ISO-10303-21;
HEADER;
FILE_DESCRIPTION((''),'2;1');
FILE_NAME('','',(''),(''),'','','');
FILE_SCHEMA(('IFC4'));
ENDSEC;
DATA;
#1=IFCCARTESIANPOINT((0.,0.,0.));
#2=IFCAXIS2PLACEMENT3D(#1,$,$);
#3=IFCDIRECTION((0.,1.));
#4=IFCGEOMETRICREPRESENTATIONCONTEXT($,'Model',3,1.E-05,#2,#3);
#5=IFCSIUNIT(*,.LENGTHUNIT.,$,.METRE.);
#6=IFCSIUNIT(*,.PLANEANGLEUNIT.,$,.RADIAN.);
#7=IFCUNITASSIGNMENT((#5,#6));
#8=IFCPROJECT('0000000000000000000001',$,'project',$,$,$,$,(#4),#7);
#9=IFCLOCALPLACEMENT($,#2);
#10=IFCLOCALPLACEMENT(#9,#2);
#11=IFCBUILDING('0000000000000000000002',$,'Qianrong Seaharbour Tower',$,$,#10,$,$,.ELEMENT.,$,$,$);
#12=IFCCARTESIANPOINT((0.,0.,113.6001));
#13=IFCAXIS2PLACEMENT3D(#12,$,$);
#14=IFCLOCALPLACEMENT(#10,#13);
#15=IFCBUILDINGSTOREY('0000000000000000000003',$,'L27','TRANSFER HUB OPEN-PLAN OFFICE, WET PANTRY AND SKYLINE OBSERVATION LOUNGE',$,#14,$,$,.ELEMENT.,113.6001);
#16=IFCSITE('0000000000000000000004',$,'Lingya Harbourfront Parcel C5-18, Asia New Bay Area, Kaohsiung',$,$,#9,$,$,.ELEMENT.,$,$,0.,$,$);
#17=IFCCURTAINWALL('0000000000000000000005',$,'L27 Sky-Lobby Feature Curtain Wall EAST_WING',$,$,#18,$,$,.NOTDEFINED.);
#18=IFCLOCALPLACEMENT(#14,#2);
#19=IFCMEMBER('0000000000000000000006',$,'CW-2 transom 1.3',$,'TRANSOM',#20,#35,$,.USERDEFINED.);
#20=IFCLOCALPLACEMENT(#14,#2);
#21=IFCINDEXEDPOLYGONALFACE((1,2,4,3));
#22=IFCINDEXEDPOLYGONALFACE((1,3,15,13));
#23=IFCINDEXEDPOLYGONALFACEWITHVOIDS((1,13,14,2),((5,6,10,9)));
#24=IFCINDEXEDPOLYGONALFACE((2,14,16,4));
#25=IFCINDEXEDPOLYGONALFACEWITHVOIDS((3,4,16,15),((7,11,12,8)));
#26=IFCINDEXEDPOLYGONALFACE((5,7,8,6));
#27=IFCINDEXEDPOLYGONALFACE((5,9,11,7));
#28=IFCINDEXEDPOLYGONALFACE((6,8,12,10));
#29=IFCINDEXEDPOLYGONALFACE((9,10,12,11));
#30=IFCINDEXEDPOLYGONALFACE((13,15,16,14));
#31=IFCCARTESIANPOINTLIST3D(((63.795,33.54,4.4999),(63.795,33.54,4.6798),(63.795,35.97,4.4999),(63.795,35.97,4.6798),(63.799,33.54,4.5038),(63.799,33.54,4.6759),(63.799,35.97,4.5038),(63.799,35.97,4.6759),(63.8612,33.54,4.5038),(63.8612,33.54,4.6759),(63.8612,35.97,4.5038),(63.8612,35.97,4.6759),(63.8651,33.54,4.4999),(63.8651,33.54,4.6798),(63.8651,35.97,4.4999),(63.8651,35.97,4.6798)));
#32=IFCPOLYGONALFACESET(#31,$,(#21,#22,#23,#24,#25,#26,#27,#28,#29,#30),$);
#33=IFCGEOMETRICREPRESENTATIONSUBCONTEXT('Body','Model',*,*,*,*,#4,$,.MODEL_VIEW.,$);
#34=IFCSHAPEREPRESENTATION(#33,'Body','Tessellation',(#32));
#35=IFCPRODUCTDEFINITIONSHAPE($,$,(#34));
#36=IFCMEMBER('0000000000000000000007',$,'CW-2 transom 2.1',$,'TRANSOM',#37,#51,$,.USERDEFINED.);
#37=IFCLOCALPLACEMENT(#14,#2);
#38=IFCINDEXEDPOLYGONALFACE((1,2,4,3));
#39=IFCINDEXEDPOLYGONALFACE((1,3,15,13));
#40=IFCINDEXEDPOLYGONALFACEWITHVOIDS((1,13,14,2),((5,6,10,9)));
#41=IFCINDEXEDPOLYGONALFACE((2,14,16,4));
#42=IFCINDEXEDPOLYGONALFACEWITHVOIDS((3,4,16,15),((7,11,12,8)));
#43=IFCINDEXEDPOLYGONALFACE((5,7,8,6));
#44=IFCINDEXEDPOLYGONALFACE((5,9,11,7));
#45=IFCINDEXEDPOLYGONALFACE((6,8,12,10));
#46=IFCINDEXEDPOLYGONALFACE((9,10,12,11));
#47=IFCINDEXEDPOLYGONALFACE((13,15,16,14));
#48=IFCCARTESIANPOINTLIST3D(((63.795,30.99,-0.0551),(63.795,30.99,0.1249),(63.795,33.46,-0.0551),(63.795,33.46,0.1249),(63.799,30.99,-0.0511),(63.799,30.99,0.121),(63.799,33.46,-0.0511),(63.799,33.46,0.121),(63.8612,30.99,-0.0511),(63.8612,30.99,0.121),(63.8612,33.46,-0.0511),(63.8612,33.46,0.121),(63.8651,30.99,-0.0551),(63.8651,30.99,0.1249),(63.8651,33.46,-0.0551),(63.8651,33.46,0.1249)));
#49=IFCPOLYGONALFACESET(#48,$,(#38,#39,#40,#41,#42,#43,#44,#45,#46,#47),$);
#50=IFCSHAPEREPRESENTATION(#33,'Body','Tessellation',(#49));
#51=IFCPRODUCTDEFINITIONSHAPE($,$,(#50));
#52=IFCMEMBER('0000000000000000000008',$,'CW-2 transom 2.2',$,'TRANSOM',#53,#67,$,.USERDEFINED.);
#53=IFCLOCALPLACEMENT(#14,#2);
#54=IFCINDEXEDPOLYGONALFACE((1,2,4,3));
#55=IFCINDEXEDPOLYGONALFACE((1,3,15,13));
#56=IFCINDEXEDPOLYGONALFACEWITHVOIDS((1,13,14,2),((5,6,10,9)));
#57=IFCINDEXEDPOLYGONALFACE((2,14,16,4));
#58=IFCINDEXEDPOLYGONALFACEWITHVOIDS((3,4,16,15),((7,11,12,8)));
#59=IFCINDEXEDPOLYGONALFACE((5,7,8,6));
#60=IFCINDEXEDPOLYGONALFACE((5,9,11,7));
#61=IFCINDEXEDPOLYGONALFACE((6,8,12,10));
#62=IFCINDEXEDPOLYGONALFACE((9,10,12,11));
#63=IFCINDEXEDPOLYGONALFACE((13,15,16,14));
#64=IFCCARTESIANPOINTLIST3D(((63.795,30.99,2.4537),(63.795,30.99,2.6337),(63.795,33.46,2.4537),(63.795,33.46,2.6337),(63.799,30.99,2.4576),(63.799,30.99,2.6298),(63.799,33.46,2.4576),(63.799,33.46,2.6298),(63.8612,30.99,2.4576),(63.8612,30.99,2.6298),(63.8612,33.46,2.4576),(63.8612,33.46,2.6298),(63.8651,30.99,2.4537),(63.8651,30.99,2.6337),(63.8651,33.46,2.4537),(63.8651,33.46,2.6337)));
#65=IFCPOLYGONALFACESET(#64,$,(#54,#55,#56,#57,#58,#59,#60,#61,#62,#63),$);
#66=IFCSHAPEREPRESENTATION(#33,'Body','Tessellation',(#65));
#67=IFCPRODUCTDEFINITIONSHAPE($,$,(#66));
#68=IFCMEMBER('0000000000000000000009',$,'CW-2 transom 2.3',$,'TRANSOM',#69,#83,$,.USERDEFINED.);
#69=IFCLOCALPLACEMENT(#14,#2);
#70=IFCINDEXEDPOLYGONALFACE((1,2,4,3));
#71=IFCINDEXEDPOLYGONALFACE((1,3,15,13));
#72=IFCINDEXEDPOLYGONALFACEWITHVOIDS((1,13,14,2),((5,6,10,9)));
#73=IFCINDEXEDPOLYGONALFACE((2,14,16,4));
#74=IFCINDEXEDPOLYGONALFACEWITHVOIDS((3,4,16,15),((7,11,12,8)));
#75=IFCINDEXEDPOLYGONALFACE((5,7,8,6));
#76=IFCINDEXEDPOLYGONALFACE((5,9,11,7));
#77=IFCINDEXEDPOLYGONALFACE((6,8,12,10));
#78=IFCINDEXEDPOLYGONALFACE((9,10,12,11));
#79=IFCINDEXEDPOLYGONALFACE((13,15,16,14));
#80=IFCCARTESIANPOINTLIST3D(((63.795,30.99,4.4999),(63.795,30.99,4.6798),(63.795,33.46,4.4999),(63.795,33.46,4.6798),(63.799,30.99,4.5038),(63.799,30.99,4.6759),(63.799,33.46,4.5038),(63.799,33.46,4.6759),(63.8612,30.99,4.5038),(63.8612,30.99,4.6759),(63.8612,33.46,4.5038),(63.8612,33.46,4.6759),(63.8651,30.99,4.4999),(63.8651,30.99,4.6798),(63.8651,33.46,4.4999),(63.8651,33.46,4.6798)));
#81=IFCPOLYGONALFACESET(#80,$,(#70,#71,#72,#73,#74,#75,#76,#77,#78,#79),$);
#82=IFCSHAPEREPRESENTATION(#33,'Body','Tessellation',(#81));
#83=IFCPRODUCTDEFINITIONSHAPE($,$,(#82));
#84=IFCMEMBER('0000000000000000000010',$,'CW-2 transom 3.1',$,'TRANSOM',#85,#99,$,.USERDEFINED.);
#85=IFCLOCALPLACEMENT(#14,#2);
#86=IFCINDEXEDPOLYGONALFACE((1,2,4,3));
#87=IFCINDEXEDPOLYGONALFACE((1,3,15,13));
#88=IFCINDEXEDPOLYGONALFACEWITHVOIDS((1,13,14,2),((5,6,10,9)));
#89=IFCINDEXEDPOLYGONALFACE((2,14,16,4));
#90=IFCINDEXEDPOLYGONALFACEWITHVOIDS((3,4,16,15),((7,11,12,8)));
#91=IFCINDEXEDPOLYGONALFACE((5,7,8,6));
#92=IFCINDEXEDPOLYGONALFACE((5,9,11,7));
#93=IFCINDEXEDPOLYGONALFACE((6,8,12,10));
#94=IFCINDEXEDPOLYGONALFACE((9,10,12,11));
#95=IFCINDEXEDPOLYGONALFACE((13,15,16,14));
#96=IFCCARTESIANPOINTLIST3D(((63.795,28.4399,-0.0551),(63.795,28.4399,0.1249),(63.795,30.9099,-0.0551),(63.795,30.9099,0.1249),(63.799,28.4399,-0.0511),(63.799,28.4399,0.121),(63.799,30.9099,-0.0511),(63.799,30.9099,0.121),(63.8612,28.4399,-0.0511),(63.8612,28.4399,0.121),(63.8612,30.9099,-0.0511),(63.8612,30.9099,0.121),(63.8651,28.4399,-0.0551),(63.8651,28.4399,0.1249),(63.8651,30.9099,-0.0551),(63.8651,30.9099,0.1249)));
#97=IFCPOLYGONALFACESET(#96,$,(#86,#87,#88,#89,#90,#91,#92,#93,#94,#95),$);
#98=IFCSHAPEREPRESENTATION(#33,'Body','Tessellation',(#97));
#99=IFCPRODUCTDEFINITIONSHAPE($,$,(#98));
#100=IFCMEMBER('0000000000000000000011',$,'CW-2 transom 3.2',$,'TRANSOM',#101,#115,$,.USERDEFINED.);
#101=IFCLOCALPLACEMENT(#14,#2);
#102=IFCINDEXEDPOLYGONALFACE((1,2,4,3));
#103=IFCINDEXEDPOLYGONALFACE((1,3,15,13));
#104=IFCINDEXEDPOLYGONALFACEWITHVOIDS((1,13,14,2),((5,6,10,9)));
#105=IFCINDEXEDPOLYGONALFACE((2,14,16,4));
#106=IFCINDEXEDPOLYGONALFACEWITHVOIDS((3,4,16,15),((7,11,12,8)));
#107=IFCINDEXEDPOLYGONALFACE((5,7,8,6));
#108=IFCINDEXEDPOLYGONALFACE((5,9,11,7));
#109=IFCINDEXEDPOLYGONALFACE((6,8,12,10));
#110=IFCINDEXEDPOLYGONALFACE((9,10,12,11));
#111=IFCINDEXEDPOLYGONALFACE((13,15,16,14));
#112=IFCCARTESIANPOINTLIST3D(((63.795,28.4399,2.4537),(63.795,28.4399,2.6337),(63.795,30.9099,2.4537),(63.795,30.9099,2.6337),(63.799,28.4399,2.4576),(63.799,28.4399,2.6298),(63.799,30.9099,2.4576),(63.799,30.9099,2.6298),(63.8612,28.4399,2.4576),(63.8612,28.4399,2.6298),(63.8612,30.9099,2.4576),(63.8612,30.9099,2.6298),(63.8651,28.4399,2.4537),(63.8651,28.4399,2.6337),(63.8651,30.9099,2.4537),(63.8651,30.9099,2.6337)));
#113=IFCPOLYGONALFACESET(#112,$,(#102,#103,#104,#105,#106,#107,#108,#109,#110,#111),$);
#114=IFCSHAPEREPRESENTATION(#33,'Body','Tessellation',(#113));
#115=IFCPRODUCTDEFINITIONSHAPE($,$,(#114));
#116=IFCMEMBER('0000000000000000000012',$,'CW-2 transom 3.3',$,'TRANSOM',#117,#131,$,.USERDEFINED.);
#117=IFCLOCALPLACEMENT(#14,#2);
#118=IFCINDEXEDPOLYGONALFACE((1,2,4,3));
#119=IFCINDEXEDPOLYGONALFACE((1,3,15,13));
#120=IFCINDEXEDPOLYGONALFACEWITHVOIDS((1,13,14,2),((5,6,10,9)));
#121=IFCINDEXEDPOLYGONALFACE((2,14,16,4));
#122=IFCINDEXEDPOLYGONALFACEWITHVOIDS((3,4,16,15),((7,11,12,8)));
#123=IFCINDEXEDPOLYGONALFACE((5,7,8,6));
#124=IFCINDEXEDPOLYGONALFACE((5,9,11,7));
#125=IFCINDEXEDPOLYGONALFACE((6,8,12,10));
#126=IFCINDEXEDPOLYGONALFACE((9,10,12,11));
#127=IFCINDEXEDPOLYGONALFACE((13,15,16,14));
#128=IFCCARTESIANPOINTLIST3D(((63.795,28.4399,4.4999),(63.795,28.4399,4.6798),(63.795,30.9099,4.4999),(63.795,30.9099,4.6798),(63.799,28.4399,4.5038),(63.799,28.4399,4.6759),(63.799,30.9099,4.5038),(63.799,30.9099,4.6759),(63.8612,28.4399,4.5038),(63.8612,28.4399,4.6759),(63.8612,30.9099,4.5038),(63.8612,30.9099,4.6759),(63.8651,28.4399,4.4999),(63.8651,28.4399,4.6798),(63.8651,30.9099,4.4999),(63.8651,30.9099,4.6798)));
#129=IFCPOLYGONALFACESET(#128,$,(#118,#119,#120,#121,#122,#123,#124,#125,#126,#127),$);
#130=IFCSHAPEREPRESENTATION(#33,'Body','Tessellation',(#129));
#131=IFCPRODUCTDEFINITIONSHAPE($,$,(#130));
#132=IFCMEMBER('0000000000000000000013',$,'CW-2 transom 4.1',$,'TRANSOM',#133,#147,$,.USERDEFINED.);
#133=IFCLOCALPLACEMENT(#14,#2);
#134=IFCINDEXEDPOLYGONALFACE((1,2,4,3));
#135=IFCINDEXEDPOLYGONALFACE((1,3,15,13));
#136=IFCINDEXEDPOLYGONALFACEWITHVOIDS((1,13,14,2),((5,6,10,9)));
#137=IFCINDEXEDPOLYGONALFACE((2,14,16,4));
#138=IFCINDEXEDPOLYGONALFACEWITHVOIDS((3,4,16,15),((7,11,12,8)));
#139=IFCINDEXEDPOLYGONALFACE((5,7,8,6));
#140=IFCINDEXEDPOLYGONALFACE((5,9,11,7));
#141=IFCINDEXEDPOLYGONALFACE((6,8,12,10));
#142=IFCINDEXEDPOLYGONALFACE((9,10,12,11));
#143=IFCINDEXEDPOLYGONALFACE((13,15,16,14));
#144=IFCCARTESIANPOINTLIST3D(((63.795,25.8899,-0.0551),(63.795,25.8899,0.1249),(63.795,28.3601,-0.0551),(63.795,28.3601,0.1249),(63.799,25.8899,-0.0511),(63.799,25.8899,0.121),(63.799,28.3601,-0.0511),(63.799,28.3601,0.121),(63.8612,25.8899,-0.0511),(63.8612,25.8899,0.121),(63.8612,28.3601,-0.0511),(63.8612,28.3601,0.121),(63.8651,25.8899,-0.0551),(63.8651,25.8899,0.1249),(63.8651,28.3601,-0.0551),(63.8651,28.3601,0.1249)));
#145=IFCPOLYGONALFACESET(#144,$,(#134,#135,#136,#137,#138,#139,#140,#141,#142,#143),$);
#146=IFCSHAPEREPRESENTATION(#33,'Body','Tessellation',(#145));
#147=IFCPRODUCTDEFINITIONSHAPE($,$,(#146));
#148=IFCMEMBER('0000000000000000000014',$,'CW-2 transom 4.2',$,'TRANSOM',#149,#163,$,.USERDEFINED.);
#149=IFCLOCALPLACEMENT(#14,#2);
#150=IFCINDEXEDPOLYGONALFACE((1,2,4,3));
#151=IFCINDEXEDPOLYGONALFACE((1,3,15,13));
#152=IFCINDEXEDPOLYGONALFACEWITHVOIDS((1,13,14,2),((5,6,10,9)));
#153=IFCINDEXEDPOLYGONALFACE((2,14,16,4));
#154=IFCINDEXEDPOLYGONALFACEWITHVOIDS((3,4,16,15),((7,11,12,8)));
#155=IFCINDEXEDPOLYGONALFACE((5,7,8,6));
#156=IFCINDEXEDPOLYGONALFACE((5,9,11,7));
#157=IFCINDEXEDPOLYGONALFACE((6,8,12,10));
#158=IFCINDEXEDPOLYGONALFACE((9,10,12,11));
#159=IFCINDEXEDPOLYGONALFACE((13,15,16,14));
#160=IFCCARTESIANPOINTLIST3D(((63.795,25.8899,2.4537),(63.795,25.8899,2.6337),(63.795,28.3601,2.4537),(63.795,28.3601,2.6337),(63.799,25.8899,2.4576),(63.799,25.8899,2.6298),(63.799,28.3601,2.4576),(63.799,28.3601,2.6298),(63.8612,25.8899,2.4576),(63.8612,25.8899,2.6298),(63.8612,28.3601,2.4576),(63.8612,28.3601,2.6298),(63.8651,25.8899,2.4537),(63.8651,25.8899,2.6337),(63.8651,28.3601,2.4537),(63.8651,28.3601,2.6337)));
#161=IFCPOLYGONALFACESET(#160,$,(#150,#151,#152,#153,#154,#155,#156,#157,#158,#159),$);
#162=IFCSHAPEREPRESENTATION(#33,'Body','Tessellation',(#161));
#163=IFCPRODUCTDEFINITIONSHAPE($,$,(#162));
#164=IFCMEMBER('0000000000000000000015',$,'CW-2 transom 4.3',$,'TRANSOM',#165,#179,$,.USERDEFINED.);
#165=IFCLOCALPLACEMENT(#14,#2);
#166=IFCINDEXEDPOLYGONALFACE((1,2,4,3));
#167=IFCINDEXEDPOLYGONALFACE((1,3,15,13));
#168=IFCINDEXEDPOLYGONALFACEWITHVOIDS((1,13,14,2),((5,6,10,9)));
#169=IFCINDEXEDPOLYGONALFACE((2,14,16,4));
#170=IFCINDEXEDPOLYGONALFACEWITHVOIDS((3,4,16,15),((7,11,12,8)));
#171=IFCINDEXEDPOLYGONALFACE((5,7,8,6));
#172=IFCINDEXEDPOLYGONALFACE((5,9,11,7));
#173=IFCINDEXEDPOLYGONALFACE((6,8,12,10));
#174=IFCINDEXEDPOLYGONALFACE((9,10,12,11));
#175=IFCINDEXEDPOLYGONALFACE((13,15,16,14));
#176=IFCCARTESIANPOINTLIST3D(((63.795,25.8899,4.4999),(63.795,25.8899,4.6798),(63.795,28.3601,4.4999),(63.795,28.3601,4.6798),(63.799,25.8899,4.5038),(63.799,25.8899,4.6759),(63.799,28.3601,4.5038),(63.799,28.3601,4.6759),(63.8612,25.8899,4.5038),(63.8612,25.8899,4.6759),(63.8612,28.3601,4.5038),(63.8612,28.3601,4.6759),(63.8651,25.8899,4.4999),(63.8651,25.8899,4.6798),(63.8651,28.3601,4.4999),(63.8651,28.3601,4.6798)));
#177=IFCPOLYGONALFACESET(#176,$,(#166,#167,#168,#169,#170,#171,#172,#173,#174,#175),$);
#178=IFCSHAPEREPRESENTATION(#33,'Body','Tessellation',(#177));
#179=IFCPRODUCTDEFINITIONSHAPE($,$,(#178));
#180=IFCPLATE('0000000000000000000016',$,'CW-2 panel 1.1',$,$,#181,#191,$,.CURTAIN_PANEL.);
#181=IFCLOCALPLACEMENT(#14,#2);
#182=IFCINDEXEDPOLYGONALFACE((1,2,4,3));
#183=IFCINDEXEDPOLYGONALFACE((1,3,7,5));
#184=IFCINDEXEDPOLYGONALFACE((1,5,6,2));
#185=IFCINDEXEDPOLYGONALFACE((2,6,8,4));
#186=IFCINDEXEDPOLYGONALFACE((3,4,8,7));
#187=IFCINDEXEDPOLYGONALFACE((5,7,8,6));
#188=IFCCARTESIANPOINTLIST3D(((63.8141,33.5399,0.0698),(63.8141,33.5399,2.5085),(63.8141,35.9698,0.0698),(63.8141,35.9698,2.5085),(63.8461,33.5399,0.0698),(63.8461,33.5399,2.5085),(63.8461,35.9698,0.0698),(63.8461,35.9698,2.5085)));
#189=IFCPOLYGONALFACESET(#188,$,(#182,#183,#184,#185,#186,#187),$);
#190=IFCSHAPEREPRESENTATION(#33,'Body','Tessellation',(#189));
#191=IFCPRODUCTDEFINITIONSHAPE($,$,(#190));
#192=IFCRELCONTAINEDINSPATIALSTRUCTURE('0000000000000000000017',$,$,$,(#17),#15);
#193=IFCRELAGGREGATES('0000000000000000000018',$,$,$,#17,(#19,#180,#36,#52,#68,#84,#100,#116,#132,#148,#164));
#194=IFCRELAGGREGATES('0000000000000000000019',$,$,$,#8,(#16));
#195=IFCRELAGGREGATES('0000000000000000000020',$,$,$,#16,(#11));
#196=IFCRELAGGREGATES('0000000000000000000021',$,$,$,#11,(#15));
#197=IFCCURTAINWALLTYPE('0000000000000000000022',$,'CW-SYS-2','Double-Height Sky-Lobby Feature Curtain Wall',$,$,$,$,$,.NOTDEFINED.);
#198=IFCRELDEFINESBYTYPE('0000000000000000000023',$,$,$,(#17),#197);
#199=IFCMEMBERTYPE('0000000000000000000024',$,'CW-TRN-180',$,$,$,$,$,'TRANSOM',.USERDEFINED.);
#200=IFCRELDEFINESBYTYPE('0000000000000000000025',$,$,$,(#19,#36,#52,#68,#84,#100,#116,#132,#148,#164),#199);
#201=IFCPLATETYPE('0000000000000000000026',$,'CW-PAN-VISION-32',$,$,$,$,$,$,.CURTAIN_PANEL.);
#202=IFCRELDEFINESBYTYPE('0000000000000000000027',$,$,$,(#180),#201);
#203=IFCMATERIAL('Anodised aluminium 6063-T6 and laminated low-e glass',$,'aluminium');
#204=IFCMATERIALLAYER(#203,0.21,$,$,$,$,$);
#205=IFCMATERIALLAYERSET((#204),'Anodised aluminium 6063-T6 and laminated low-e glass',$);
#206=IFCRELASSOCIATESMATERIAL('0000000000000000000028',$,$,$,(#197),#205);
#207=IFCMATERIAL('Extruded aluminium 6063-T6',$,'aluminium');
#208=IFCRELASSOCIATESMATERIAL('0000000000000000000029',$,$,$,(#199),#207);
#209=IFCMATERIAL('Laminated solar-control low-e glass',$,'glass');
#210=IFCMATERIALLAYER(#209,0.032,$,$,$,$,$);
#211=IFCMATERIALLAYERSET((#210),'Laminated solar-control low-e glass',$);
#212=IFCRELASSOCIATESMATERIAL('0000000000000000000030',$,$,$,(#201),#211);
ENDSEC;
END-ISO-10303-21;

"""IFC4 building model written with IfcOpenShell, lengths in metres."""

from ifc_helpers import new_model, si_unit, direction, frame, origin, origin_2d, place, context, subcontext, project, spatial, rectangle, hollow_rectangle, extrude, material, layer, layer_set, material_profile, profile_set, type_object, element, aggregate, save


model = new_model("IFC4")

# Units and contexts
model_context = context("Model", 3, precision=1e-05, world=origin(), true_north=direction((0.0, 1.0)))
body_context = subcontext(model_context, "Body", "Model", "MODEL_VIEW")
ifc_project = project(units=[si_unit("LENGTHUNIT", "METRE"), si_unit("PLANEANGLEUNIT", "RADIAN")], contexts=[model_context])

# Site, building, storey
site_placement = place(None, origin())
site = spatial("IfcSite", under=ifc_project, at=site_placement, Name="Lingya Harbourfront Parcel C5-18, Asia New Bay Area, Kaohsiung", CompositionType="ELEMENT", RefElevation=0.0)
building_placement = place(site_placement, origin())
building = spatial("IfcBuilding", under=site, at=building_placement, Name="Qianrong Seaharbour Tower", CompositionType="ELEMENT")
storey_placement = place(building_placement, frame((0.0, 0.0, 113.6001)))
storey = spatial("IfcBuildingStorey", under=building, at=storey_placement, Name="L27", Description="TRANSFER HUB OPEN-PLAN OFFICE, WET PANTRY AND SKYLINE OBSERVATION LOUNGE", CompositionType="ELEMENT", Elevation=113.6001)

# Curtain wall, members, plate
ifc_material_1 = material(Name="Anodised aluminium 6063-T6 and laminated low-e glass", Category="aluminium")
ifc_layer_1 = layer(ifc_material_1, 0.21)
ifc_layer_set_1 = layer_set([ifc_layer_1], Name="Anodised aluminium 6063-T6 and laminated low-e glass")
curtain_wall_type = type_object("IfcCurtainWallType", Name="CW-SYS-2", Description="Double-Height Sky-Lobby Feature Curtain Wall", PredefinedType="NOTDEFINED", material=ifc_layer_set_1)
curtain_wall_placement = place(storey_placement, origin())
curtain_wall = element("IfcCurtainWall", 1, at=curtain_wall_placement, inside=storey, type_object=curtain_wall_type, Name="L27 Sky-Lobby Feature Curtain Wall EAST_WING", PredefinedType="NOTDEFINED")
ifc_material_2 = material(Name="Extruded aluminium 6063-T6", Category="aluminium")
ifc_material_profile_1 = material_profile(ifc_material_2, hollow_rectangle(XDim=0.0701, YDim=0.1799, WallThickness=0.0039, at=origin_2d()), Name="ALU-TRN-180x70x4")
ifc_profile_set_1 = profile_set([ifc_material_profile_1], Name="Extruded aluminium 6063-T6")
member_type_1 = type_object("IfcMemberType", Name="CW-TRN-180", ElementType="TRANSOM", PredefinedType="USERDEFINED", material=ifc_profile_set_1)
member_1_placement = place(storey_placement, frame((63.8301, 35.97, 4.5898), z_axis=(0.0, -1.0, 0.0), x_axis=(1.0, 0.0, 0.0)))
member_1 = element("IfcMember", 2, at=member_1_placement, type_object=member_type_1, Name="CW-2 transom 1.3", ObjectType="TRANSOM", PredefinedType="USERDEFINED", context=body_context, shape_type="SweptSolid", body=[
    extrude(hollow_rectangle(XDim=0.0701, YDim=0.1799, WallThickness=0.0039, at=origin_2d()), origin(), (0.0, 0.0, 1.0), 2.4299),
])
member_2_placement = place(storey_placement, frame((63.8301, 33.46, 0.0349), z_axis=(0.0, -1.0, 0.0), x_axis=(1.0, 0.0, 0.0)))
member_2 = element("IfcMember", 3, at=member_2_placement, type_object=member_type_1, Name="CW-2 transom 2.1", ObjectType="TRANSOM", PredefinedType="USERDEFINED", context=body_context, shape_type="SweptSolid", body=[
    extrude(hollow_rectangle(XDim=0.0701, YDim=0.1799, WallThickness=0.0039, at=origin_2d()), origin(), (0.0, 0.0, 1.0), 2.47),
])
member_3_placement = place(storey_placement, frame((63.8301, 33.46, 2.5437), z_axis=(0.0, -1.0, 0.0), x_axis=(1.0, 0.0, 0.0)))
member_3 = element("IfcMember", 4, at=member_3_placement, type_object=member_type_1, Name="CW-2 transom 2.2", ObjectType="TRANSOM", PredefinedType="USERDEFINED", context=body_context, shape_type="SweptSolid", body=[
    extrude(hollow_rectangle(XDim=0.0701, YDim=0.1799, WallThickness=0.0039, at=origin_2d()), origin(), (0.0, 0.0, 1.0), 2.47),
])
member_4_placement = place(storey_placement, frame((63.8301, 33.46, 4.5898), z_axis=(0.0, -1.0, 0.0), x_axis=(1.0, 0.0, 0.0)))
member_4 = element("IfcMember", 5, at=member_4_placement, type_object=member_type_1, Name="CW-2 transom 2.3", ObjectType="TRANSOM", PredefinedType="USERDEFINED", context=body_context, shape_type="SweptSolid", body=[
    extrude(hollow_rectangle(XDim=0.0701, YDim=0.1799, WallThickness=0.0039, at=origin_2d()), origin(), (0.0, 0.0, 1.0), 2.47),
])
member_5_placement = place(storey_placement, frame((63.8301, 30.9099, 0.0349), z_axis=(0.0, -1.0, 0.0), x_axis=(1.0, 0.0, 0.0)))
member_5 = element("IfcMember", 6, at=member_5_placement, type_object=member_type_1, Name="CW-2 transom 3.1", ObjectType="TRANSOM", PredefinedType="USERDEFINED", context=body_context, shape_type="SweptSolid", body=[
    extrude(hollow_rectangle(XDim=0.0701, YDim=0.1799, WallThickness=0.0039, at=origin_2d()), origin(), (0.0, 0.0, 1.0), 2.47),
])
member_6_placement = place(storey_placement, frame((63.8301, 30.9099, 2.5437), z_axis=(0.0, -1.0, 0.0), x_axis=(1.0, 0.0, 0.0)))
member_6 = element("IfcMember", 7, at=member_6_placement, type_object=member_type_1, Name="CW-2 transom 3.2", ObjectType="TRANSOM", PredefinedType="USERDEFINED", context=body_context, shape_type="SweptSolid", body=[
    extrude(hollow_rectangle(XDim=0.0701, YDim=0.1799, WallThickness=0.0039, at=origin_2d()), origin(), (0.0, 0.0, 1.0), 2.47),
])
member_7_placement = place(storey_placement, frame((63.8301, 30.9099, 4.5898), z_axis=(0.0, -1.0, 0.0), x_axis=(1.0, 0.0, 0.0)))
member_7 = element("IfcMember", 8, at=member_7_placement, type_object=member_type_1, Name="CW-2 transom 3.3", ObjectType="TRANSOM", PredefinedType="USERDEFINED", context=body_context, shape_type="SweptSolid", body=[
    extrude(hollow_rectangle(XDim=0.0701, YDim=0.1799, WallThickness=0.0039, at=origin_2d()), origin(), (0.0, 0.0, 1.0), 2.47),
])
member_8_placement = place(storey_placement, frame((63.8301, 28.3601, 0.0349), z_axis=(0.0, -1.0, 0.0), x_axis=(1.0, 0.0, 0.0)))
member_8 = element("IfcMember", 9, at=member_8_placement, type_object=member_type_1, Name="CW-2 transom 4.1", ObjectType="TRANSOM", PredefinedType="USERDEFINED", context=body_context, shape_type="SweptSolid", body=[
    extrude(hollow_rectangle(XDim=0.0701, YDim=0.1799, WallThickness=0.0039, at=origin_2d()), origin(), (0.0, 0.0, 1.0), 2.4702),
])
member_9_placement = place(storey_placement, frame((63.8301, 28.3601, 2.5437), z_axis=(0.0, -1.0, 0.0), x_axis=(1.0, 0.0, 0.0)))
member_9 = element("IfcMember", 10, at=member_9_placement, type_object=member_type_1, Name="CW-2 transom 4.2", ObjectType="TRANSOM", PredefinedType="USERDEFINED", context=body_context, shape_type="SweptSolid", body=[
    extrude(hollow_rectangle(XDim=0.0701, YDim=0.1799, WallThickness=0.0039, at=origin_2d()), origin(), (0.0, 0.0, 1.0), 2.4702),
])
member_10_placement = place(storey_placement, frame((63.8301, 28.3601, 4.5898), z_axis=(0.0, -1.0, 0.0), x_axis=(1.0, 0.0, 0.0)))
member_10 = element("IfcMember", 11, at=member_10_placement, type_object=member_type_1, Name="CW-2 transom 4.3", ObjectType="TRANSOM", PredefinedType="USERDEFINED", context=body_context, shape_type="SweptSolid", body=[
    extrude(hollow_rectangle(XDim=0.0701, YDim=0.1799, WallThickness=0.0039, at=origin_2d()), origin(), (0.0, 0.0, 1.0), 2.4702),
])
ifc_material_3 = material(Name="Laminated solar-control low-e glass", Category="glass")
ifc_layer_2 = layer(ifc_material_3, 0.032)
ifc_layer_set_2 = layer_set([ifc_layer_2], Name="Laminated solar-control low-e glass")
plate_type_1 = type_object("IfcPlateType", Name="CW-PAN-VISION-32", PredefinedType="CURTAIN_PANEL", material=ifc_layer_set_2)
plate_1_placement = place(storey_placement, frame((63.8301, 34.7549, 0.0698), z_axis=(0.0, 0.0, 1.0), x_axis=(0.0, -1.0, 0.0)))
plate_1 = element("IfcPlate", 12, at=plate_1_placement, type_object=plate_type_1, Name="CW-2 panel 1.1", PredefinedType="CURTAIN_PANEL", context=body_context, shape_type="SweptSolid", body=[
    extrude(rectangle(XDim=2.4299, YDim=0.032, at=origin_2d()), origin(), (0.0, 0.0, 1.0), 2.4387),
])
aggregate(curtain_wall, [member_1, plate_1, member_2, member_3, member_4, member_5, member_6, member_7, member_8, member_9, member_10])

save(model, "model.ifc")
